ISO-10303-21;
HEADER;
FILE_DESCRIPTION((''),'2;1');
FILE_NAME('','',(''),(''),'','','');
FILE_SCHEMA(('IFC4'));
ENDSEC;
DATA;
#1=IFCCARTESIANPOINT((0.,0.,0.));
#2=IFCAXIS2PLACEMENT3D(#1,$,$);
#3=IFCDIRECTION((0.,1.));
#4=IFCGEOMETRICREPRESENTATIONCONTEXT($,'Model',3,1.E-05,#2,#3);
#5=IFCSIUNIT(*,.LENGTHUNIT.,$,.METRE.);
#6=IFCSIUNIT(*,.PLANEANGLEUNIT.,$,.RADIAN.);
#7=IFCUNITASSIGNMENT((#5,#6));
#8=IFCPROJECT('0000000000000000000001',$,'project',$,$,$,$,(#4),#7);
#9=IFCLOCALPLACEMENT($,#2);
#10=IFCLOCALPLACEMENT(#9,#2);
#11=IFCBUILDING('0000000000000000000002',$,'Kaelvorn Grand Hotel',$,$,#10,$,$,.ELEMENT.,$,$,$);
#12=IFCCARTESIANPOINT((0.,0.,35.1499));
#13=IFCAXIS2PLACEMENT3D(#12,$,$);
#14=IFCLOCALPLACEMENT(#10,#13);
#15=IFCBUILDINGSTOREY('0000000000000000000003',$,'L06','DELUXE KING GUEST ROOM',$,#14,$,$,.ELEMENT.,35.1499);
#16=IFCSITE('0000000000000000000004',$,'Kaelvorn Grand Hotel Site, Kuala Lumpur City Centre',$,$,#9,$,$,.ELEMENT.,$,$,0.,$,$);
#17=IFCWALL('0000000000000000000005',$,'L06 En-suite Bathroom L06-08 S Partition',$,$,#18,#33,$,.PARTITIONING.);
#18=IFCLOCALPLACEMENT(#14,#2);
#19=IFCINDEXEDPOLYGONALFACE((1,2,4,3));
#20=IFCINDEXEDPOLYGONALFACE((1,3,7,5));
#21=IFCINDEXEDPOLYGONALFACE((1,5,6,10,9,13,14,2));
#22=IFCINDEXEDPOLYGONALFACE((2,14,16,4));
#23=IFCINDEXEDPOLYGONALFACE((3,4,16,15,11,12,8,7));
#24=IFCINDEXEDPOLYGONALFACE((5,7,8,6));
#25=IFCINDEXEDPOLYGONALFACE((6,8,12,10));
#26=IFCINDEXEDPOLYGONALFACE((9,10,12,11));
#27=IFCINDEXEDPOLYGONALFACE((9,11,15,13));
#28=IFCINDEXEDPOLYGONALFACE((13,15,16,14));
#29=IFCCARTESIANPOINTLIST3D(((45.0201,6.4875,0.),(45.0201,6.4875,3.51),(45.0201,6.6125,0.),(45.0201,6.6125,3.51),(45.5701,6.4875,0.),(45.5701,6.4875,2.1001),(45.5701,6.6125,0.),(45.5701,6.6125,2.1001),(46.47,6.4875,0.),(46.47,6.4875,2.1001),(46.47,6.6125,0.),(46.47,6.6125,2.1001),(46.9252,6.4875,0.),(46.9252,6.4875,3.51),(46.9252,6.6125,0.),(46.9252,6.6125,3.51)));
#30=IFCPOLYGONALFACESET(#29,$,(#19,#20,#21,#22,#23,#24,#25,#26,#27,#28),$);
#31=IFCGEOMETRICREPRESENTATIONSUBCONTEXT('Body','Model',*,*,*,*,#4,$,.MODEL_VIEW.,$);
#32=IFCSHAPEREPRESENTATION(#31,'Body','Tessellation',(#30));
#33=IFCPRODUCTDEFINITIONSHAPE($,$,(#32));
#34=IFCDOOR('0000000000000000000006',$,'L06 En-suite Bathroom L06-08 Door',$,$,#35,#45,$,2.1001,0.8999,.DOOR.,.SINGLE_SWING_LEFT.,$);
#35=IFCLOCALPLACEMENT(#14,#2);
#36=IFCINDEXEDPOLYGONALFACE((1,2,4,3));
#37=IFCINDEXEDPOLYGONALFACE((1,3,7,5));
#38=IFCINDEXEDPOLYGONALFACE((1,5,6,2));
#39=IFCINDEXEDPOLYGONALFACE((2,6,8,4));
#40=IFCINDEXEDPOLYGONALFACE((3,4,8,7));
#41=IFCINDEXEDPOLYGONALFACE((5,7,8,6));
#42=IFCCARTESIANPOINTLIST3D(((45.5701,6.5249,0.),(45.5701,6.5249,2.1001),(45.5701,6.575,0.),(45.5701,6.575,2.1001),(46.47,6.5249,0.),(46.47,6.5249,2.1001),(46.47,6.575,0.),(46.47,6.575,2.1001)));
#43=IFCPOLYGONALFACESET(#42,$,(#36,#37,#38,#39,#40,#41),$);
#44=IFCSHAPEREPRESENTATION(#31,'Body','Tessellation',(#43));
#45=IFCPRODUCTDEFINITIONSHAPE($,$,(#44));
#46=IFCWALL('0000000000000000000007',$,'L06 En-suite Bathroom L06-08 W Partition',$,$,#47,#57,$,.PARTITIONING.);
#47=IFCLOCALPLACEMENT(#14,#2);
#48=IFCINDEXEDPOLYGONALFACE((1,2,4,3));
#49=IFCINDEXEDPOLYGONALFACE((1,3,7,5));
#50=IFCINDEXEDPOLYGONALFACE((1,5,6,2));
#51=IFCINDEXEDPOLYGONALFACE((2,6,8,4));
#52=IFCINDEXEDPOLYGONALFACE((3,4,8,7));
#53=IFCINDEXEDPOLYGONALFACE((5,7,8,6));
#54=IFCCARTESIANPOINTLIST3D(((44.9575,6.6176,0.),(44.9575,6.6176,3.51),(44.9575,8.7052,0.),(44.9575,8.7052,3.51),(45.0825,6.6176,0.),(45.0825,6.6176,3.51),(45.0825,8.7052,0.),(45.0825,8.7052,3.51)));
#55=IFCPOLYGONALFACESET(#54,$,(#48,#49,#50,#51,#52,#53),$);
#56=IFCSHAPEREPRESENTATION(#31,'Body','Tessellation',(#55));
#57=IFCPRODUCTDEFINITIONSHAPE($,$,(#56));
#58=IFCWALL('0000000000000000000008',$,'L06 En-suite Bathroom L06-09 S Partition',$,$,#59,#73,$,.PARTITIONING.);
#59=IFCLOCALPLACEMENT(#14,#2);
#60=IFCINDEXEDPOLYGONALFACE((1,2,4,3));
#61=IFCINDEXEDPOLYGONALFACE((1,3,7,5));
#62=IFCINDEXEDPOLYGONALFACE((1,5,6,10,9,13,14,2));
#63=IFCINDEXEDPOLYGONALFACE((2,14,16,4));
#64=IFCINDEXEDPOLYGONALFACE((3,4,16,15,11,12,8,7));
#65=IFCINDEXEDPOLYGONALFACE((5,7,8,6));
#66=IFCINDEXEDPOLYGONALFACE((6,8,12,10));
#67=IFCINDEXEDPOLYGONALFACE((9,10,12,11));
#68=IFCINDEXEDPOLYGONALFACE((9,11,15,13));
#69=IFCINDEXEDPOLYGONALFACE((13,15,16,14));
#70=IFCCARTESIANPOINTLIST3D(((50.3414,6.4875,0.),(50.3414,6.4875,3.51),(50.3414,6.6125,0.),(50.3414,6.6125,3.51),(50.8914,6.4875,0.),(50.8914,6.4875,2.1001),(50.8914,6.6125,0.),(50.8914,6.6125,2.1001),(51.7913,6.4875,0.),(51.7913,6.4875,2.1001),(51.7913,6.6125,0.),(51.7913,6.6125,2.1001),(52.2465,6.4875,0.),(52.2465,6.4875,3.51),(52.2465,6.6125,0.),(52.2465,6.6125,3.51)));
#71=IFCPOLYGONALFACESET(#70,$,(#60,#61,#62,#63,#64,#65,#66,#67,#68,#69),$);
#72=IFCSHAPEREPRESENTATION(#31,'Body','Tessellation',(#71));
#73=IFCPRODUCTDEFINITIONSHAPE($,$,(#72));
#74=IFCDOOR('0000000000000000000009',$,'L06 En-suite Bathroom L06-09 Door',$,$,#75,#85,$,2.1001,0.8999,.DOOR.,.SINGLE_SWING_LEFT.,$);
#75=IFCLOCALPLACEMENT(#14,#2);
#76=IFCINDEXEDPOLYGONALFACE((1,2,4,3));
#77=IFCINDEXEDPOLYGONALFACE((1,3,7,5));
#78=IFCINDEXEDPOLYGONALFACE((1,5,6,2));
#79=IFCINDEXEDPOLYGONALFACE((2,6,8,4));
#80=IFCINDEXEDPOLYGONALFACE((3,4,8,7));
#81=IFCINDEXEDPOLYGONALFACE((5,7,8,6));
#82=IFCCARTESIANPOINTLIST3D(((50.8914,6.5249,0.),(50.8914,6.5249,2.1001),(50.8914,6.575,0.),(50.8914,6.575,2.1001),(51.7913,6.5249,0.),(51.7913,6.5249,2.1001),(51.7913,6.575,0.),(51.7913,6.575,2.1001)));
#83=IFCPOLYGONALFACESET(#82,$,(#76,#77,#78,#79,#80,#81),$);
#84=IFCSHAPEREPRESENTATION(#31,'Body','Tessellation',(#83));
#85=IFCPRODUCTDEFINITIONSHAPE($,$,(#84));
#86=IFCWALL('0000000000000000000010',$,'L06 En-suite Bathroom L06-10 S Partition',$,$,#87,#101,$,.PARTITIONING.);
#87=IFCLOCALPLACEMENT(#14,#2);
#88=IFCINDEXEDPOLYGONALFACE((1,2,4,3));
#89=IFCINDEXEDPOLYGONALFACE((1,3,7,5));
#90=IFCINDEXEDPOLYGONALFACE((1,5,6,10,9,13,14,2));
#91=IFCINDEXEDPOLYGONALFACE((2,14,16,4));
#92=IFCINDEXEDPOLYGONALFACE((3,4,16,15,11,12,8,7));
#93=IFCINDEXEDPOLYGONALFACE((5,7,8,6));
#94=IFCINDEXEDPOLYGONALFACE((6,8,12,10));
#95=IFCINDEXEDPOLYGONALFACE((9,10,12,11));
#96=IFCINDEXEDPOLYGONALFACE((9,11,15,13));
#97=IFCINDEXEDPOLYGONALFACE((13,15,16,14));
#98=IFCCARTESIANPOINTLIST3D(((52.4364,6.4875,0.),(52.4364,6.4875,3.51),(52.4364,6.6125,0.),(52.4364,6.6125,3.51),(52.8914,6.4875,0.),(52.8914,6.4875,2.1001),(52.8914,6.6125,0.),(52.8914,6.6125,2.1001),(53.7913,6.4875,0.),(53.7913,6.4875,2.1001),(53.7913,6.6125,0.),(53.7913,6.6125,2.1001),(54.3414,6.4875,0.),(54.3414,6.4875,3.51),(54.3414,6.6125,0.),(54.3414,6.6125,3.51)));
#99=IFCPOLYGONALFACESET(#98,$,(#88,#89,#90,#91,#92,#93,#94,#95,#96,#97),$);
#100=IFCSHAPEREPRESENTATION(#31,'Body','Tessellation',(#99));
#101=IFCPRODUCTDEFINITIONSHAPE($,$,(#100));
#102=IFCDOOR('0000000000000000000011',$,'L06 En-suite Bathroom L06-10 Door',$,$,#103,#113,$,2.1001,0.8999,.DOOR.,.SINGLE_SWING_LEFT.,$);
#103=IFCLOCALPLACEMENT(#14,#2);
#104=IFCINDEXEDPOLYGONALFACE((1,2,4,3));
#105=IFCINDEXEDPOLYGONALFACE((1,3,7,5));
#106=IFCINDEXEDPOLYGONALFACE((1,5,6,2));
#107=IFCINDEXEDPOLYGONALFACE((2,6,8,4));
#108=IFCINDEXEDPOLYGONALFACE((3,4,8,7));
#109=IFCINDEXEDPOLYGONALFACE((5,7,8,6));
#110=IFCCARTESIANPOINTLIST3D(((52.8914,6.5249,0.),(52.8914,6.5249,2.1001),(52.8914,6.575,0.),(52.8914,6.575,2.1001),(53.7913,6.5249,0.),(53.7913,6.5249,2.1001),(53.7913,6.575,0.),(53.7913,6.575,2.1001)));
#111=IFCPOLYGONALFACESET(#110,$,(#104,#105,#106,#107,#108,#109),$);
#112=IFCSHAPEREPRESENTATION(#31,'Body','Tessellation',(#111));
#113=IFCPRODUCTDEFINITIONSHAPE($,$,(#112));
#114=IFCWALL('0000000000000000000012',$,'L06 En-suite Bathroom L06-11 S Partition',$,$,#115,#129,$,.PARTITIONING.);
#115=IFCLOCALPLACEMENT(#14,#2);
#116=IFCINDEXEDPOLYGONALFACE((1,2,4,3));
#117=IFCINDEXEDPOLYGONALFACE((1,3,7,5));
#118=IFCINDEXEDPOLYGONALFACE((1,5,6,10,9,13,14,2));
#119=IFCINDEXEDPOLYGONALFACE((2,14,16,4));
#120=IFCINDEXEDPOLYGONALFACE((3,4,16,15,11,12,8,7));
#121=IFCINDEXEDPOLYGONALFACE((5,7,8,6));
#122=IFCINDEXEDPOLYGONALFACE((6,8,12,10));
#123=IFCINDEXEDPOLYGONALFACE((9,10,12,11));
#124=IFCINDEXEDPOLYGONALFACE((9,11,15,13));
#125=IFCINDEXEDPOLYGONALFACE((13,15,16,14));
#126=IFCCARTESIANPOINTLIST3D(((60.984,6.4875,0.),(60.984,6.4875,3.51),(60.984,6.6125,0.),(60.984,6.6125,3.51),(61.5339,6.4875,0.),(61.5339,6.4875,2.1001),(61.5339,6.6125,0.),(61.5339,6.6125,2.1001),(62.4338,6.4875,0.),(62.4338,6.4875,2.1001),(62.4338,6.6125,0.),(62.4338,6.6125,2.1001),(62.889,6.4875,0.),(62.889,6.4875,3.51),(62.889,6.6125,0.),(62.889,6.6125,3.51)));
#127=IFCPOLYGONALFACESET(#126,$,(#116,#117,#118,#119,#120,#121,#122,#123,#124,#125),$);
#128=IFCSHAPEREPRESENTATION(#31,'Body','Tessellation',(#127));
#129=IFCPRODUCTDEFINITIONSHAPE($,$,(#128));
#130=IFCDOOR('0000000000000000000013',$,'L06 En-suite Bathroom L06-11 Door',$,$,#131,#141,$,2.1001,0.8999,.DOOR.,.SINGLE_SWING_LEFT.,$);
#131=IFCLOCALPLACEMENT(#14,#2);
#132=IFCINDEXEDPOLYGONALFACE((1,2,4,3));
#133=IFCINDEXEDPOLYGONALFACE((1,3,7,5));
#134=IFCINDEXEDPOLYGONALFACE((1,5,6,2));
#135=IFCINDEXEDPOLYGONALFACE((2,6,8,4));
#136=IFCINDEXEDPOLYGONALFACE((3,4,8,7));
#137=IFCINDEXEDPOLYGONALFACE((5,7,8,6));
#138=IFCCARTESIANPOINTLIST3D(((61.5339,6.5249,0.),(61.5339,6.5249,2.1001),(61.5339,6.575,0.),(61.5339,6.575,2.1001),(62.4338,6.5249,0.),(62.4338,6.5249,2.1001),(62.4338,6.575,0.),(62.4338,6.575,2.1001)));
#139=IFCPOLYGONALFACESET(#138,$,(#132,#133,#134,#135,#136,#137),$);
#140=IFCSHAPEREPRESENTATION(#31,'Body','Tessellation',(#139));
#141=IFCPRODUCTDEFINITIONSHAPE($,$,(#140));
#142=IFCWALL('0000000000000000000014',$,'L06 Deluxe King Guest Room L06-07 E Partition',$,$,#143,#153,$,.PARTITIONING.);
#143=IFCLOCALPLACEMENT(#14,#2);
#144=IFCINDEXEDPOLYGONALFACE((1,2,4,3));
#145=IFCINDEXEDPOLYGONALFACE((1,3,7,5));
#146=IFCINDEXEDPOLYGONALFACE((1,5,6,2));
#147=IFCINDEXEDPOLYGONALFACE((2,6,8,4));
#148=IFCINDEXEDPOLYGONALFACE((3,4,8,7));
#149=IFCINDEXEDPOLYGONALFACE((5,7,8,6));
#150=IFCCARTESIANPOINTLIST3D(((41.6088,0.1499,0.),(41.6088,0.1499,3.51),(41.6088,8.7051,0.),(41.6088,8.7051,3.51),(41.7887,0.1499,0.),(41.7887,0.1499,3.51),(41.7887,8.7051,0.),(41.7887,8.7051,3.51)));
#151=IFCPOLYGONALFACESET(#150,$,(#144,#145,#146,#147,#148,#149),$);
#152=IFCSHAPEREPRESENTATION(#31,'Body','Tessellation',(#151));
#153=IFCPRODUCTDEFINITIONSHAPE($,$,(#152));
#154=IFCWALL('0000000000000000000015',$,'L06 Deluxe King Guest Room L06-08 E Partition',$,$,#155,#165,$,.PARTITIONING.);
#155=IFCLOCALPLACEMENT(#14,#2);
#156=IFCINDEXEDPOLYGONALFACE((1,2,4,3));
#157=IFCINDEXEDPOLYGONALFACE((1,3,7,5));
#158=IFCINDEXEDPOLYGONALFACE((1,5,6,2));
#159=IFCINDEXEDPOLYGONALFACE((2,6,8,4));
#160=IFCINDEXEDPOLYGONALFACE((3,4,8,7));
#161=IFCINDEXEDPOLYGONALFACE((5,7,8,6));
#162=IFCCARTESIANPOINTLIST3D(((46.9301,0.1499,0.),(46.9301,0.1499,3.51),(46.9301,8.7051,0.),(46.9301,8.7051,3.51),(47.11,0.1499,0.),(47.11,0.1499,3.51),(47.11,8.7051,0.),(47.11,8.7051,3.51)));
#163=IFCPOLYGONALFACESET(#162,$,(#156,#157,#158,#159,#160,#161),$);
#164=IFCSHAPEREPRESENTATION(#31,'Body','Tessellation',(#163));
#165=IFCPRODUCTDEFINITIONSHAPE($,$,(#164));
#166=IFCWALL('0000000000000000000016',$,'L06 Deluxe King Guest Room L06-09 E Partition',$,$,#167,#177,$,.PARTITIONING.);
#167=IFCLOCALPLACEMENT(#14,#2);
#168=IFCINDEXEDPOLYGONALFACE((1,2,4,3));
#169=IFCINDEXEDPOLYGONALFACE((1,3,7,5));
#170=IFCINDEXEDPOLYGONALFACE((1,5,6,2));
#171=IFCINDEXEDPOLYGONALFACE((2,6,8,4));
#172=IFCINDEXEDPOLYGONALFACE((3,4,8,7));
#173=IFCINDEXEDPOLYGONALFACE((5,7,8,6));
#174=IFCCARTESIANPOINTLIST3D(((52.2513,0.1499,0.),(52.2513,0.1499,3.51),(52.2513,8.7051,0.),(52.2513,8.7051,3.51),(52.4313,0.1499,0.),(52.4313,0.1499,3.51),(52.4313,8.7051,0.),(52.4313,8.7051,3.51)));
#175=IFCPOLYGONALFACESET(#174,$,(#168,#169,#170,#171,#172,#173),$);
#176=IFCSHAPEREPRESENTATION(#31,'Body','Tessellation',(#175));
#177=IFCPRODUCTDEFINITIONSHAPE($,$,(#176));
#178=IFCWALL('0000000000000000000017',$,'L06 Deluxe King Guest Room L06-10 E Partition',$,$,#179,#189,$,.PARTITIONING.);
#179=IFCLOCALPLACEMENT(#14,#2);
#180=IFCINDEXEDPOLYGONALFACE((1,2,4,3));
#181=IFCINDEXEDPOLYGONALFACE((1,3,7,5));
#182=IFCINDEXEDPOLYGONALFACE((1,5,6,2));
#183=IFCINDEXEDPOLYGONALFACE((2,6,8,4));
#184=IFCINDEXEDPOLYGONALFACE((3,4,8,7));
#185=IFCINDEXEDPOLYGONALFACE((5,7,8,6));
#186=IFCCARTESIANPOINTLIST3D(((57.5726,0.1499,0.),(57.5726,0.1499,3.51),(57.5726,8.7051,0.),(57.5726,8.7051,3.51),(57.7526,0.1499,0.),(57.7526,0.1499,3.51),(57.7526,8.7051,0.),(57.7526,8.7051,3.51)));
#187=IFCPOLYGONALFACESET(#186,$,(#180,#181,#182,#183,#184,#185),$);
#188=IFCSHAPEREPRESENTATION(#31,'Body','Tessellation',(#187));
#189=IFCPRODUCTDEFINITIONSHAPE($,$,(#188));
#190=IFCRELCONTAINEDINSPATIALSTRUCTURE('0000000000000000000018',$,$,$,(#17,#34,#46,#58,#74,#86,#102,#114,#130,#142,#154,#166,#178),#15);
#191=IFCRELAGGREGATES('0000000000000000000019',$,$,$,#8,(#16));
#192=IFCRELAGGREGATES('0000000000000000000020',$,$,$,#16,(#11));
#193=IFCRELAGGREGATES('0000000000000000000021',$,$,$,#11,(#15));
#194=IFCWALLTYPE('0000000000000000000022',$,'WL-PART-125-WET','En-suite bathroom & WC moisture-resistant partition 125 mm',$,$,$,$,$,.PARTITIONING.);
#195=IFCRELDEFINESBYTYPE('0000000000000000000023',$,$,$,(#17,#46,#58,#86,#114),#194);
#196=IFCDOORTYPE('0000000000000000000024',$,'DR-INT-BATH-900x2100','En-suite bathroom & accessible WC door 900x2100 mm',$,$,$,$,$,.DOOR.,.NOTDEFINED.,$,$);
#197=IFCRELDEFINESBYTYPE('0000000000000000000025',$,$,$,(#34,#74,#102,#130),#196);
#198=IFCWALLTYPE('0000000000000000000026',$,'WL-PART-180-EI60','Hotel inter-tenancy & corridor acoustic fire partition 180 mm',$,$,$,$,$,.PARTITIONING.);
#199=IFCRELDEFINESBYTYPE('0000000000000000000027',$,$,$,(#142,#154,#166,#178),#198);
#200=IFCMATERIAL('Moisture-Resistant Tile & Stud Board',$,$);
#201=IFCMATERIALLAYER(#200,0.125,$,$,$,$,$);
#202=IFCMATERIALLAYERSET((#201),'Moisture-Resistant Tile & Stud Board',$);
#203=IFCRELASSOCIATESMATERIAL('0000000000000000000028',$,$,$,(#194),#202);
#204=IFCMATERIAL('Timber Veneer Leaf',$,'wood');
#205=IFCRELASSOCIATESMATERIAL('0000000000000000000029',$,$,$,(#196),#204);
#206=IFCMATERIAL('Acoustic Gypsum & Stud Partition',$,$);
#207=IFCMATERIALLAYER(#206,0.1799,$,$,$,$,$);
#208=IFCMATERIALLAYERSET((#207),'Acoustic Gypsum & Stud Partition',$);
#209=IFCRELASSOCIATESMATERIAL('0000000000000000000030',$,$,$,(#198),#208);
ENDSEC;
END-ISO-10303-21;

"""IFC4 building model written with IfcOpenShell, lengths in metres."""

from ifc_helpers import new_model, si_unit, direction, frame, frame_2d, origin, place, context, subcontext, project, spatial, rectangle, extrude, material, layer, layer_set, type_object, element, fill, save


model = new_model("IFC4")

# Units and contexts
model_context = context("Model", 3, precision=1e-05, world=origin(), true_north=direction((0.0, 1.0)))
body_context = subcontext(model_context, "Body", "Model", "MODEL_VIEW")
ifc_project = project(units=[si_unit("LENGTHUNIT", "METRE"), si_unit("PLANEANGLEUNIT", "RADIAN")], contexts=[model_context])

# Site, building, storey
site_placement = place(None, origin())
site = spatial("IfcSite", under=ifc_project, at=site_placement, Name="Kaelvorn Grand Hotel Site, Kuala Lumpur City Centre", CompositionType="ELEMENT", RefElevation=0.0)
building_placement = place(site_placement, origin())
building = spatial("IfcBuilding", under=site, at=building_placement, Name="Kaelvorn Grand Hotel", CompositionType="ELEMENT")
storey_placement = place(building_placement, frame((0.0, 0.0, 35.1499)))
storey = spatial("IfcBuildingStorey", under=building, at=storey_placement, Name="L06", Description="DELUXE KING GUEST ROOM", CompositionType="ELEMENT", Elevation=35.1499)

# Wall, opening, door
ifc_material_1 = material(Name="Moisture-Resistant Tile & Stud Board")
ifc_layer_1 = layer(ifc_material_1, 0.125)
ifc_layer_set_1 = layer_set([ifc_layer_1], Name="Moisture-Resistant Tile & Stud Board")
wall_type_1 = type_object("IfcWallType", Name="WL-PART-125-WET", Description="En-suite bathroom & WC moisture-resistant partition 125 mm", PredefinedType="PARTITIONING", material=ifc_layer_set_1)
wall_1_placement = place(storey_placement, frame((45.02, 6.55, 0.0), z_axis=(0.0, 0.0, 1.0), x_axis=(1.0, 0.0, 0.0)))
wall_1 = element("IfcWall", 1, at=wall_1_placement, inside=storey, type_object=wall_type_1, Name="L06 En-suite Bathroom L06-08 S Partition", PredefinedType="PARTITIONING", context=body_context, shape_type="SweptSolid", body=[
    extrude(rectangle(XDim=1.905, YDim=0.125, at=frame_2d((0.9526, 0.0))), origin(), (0.0, 0.0, 1.0), 3.51),
])
opening_1_placement = place(wall_1_placement, frame((0.55, 0.0, 0.0)))
opening_1 = element("IfcOpeningElement", 2, at=opening_1_placement, cuts=wall_1, PredefinedType="OPENING", context=body_context, shape_type="SweptSolid", body=[
    extrude(rectangle(XDim=0.8999, YDim=2.1001, at=frame_2d((0.45, 1.05))), frame((0.0, 0.0725, 0.0), z_axis=(0.0, -1.0, 0.0), x_axis=(1.0, 0.0, 0.0)), (0.0, 0.0, 1.0), 0.145),
])
ifc_material_2 = material(Name="Timber Veneer Leaf", Category="wood")
door_type = type_object("IfcDoorType", Name="DR-INT-BATH-900x2100", Description="En-suite bathroom & accessible WC door 900x2100 mm", OperationType="NOTDEFINED", PredefinedType="DOOR", material=ifc_material_2)
door_1_placement = place(opening_1_placement, origin())
door_1 = element("IfcDoor", 3, at=door_1_placement, inside=storey, type_object=door_type, Name="L06 En-suite Bathroom L06-08 Door", OperationType="SINGLE_SWING_LEFT", OverallHeight=2.1001, OverallWidth=0.8999, PredefinedType="DOOR", context=body_context, shape_type="SweptSolid", body=[
    extrude(rectangle(XDim=0.8999, YDim=2.1001, at=frame_2d((0.45, 1.05))), frame((0.0, 0.0249, 0.0), z_axis=(0.0, -1.0, 0.0), x_axis=(1.0, 0.0, 0.0)), (0.0, 0.0, 1.0), 0.05),
])
fill(opening_1, door_1)

# Wall
wall_2_placement = place(storey_placement, frame((45.02, 6.6174, 0.0), z_axis=(0.0, 0.0, 1.0), x_axis=(0.0, 1.0, 0.0)))
element("IfcWall", 4, at=wall_2_placement, inside=storey, type_object=wall_type_1, Name="L06 En-suite Bathroom L06-08 W Partition", PredefinedType="PARTITIONING", context=body_context, shape_type="SweptSolid", body=[
    extrude(rectangle(XDim=2.0876, YDim=0.125, at=frame_2d((1.0439, 0.0))), origin(), (0.0, 0.0, 1.0), 3.51),
])

# Walls, openings, doors
wall_3_placement = place(storey_placement, frame((50.3413, 6.55, 0.0), z_axis=(0.0, 0.0, 1.0), x_axis=(1.0, 0.0, 0.0)))
wall_3 = element("IfcWall", 5, at=wall_3_placement, inside=storey, type_object=wall_type_1, Name="L06 En-suite Bathroom L06-09 S Partition", PredefinedType="PARTITIONING", context=body_context, shape_type="SweptSolid", body=[
    extrude(rectangle(XDim=1.905, YDim=0.125, at=frame_2d((0.9526, 0.0))), origin(), (0.0, 0.0, 1.0), 3.51),
])
opening_2_placement = place(wall_3_placement, frame((0.55, 0.0, 0.0)))
opening_2 = element("IfcOpeningElement", 6, at=opening_2_placement, cuts=wall_3, PredefinedType="OPENING", context=body_context, shape_type="SweptSolid", body=[
    extrude(rectangle(XDim=0.8999, YDim=2.1001, at=frame_2d((0.45, 1.05))), frame((0.0, 0.0725, 0.0), z_axis=(0.0, -1.0, 0.0), x_axis=(1.0, 0.0, 0.0)), (0.0, 0.0, 1.0), 0.145),
])
door_2_placement = place(opening_2_placement, origin())
door_2 = element("IfcDoor", 7, at=door_2_placement, inside=storey, type_object=door_type, Name="L06 En-suite Bathroom L06-09 Door", OperationType="SINGLE_SWING_LEFT", OverallHeight=2.1001, OverallWidth=0.8999, PredefinedType="DOOR", context=body_context, shape_type="SweptSolid", body=[
    extrude(rectangle(XDim=0.8999, YDim=2.1001, at=frame_2d((0.45, 1.05))), frame((0.0, 0.0249, 0.0), z_axis=(0.0, -1.0, 0.0), x_axis=(1.0, 0.0, 0.0)), (0.0, 0.0, 1.0), 0.05),
])
fill(opening_2, door_2)
wall_4_placement = place(storey_placement, frame((52.4363, 6.55, 0.0), z_axis=(0.0, 0.0, 1.0), x_axis=(1.0, 0.0, 0.0)))
wall_4 = element("IfcWall", 8, at=wall_4_placement, inside=storey, type_object=wall_type_1, Name="L06 En-suite Bathroom L06-10 S Partition", PredefinedType="PARTITIONING", context=body_context, shape_type="SweptSolid", body=[
    extrude(rectangle(XDim=1.905, YDim=0.125, at=frame_2d((0.9526, 0.0))), origin(), (0.0, 0.0, 1.0), 3.51),
])
opening_3_placement = place(wall_4_placement, frame((0.4551, 0.0, 0.0)))
opening_3 = element("IfcOpeningElement", 9, at=opening_3_placement, cuts=wall_4, PredefinedType="OPENING", context=body_context, shape_type="SweptSolid", body=[
    extrude(rectangle(XDim=0.8999, YDim=2.1001, at=frame_2d((0.45, 1.05))), frame((0.0, 0.0725, 0.0), z_axis=(0.0, -1.0, 0.0), x_axis=(1.0, 0.0, 0.0)), (0.0, 0.0, 1.0), 0.145),
])
door_3_placement = place(opening_3_placement, origin())
door_3 = element("IfcDoor", 10, at=door_3_placement, inside=storey, type_object=door_type, Name="L06 En-suite Bathroom L06-10 Door", OperationType="SINGLE_SWING_LEFT", OverallHeight=2.1001, OverallWidth=0.8999, PredefinedType="DOOR", context=body_context, shape_type="SweptSolid", body=[
    extrude(rectangle(XDim=0.8999, YDim=2.1001, at=frame_2d((0.45, 1.05))), frame((0.0, 0.0249, 0.0), z_axis=(0.0, -1.0, 0.0), x_axis=(1.0, 0.0, 0.0)), (0.0, 0.0, 1.0), 0.05),
])
fill(opening_3, door_3)
wall_5_placement = place(storey_placement, frame((60.9839, 6.55, 0.0), z_axis=(0.0, 0.0, 1.0), x_axis=(1.0, 0.0, 0.0)))
wall_5 = element("IfcWall", 11, at=wall_5_placement, inside=storey, type_object=wall_type_1, Name="L06 En-suite Bathroom L06-11 S Partition", PredefinedType="PARTITIONING", context=body_context, shape_type="SweptSolid", body=[
    extrude(rectangle(XDim=1.905, YDim=0.125, at=frame_2d((0.9526, 0.0))), origin(), (0.0, 0.0, 1.0), 3.51),
])
opening_4_placement = place(wall_5_placement, frame((0.55, 0.0, 0.0)))
opening_4 = element("IfcOpeningElement", 12, at=opening_4_placement, cuts=wall_5, PredefinedType="OPENING", context=body_context, shape_type="SweptSolid", body=[
    extrude(rectangle(XDim=0.8999, YDim=2.1001, at=frame_2d((0.45, 1.05))), frame((0.0, 0.0725, 0.0), z_axis=(0.0, -1.0, 0.0), x_axis=(1.0, 0.0, 0.0)), (0.0, 0.0, 1.0), 0.145),
])
door_4_placement = place(opening_4_placement, origin())
door_4 = element("IfcDoor", 13, at=door_4_placement, inside=storey, type_object=door_type, Name="L06 En-suite Bathroom L06-11 Door", OperationType="SINGLE_SWING_LEFT", OverallHeight=2.1001, OverallWidth=0.8999, PredefinedType="DOOR", context=body_context, shape_type="SweptSolid", body=[
    extrude(rectangle(XDim=0.8999, YDim=2.1001, at=frame_2d((0.45, 1.05))), frame((0.0, 0.0249, 0.0), z_axis=(0.0, -1.0, 0.0), x_axis=(1.0, 0.0, 0.0)), (0.0, 0.0, 1.0), 0.05),
])
fill(opening_4, door_4)

# Walls
ifc_material_3 = material(Name="Acoustic Gypsum & Stud Partition")
ifc_layer_2 = layer(ifc_material_3, 0.1799)
ifc_layer_set_2 = layer_set([ifc_layer_2], Name="Acoustic Gypsum & Stud Partition")
wall_type_2 = type_object("IfcWallType", Name="WL-PART-180-EI60", Description="Hotel inter-tenancy & corridor acoustic fire partition 180 mm", PredefinedType="PARTITIONING", material=ifc_layer_set_2)
for number, where, z_axis, x_axis, name in (
    (14, (41.6987, 0.1499, 0.0), (0.0, 0.0, 1.0), (0.0, 1.0, 0.0), "L06 Deluxe King Guest Room L06-07 E Partition"),
    (15, (47.02, 0.1499, 0.0), (0.0, 0.0, 1.0), (0.0, 1.0, 0.0), "L06 Deluxe King Guest Room L06-08 E Partition"),
    (16, (52.3413, 0.1499, 0.0), (0.0, 0.0, 1.0), (0.0, 1.0, 0.0), "L06 Deluxe King Guest Room L06-09 E Partition"),
    (17, (57.6626, 0.1499, 0.0), (0.0, 0.0, 1.0), (0.0, 1.0, 0.0), "L06 Deluxe King Guest Room L06-10 E Partition"),
):
    element("IfcWall", number, at=place(storey_placement, frame(where, z_axis=z_axis, x_axis=x_axis)), inside=storey, type_object=wall_type_2, Name=name, PredefinedType="PARTITIONING", context=body_context, shape_type="SweptSolid", body=[
        extrude(rectangle(XDim=8.5552, YDim=0.1799, at=frame_2d((4.2776, 0.0))), origin(), (0.0, 0.0, 1.0), 3.51),
    ])

save(model, "model.ifc")
